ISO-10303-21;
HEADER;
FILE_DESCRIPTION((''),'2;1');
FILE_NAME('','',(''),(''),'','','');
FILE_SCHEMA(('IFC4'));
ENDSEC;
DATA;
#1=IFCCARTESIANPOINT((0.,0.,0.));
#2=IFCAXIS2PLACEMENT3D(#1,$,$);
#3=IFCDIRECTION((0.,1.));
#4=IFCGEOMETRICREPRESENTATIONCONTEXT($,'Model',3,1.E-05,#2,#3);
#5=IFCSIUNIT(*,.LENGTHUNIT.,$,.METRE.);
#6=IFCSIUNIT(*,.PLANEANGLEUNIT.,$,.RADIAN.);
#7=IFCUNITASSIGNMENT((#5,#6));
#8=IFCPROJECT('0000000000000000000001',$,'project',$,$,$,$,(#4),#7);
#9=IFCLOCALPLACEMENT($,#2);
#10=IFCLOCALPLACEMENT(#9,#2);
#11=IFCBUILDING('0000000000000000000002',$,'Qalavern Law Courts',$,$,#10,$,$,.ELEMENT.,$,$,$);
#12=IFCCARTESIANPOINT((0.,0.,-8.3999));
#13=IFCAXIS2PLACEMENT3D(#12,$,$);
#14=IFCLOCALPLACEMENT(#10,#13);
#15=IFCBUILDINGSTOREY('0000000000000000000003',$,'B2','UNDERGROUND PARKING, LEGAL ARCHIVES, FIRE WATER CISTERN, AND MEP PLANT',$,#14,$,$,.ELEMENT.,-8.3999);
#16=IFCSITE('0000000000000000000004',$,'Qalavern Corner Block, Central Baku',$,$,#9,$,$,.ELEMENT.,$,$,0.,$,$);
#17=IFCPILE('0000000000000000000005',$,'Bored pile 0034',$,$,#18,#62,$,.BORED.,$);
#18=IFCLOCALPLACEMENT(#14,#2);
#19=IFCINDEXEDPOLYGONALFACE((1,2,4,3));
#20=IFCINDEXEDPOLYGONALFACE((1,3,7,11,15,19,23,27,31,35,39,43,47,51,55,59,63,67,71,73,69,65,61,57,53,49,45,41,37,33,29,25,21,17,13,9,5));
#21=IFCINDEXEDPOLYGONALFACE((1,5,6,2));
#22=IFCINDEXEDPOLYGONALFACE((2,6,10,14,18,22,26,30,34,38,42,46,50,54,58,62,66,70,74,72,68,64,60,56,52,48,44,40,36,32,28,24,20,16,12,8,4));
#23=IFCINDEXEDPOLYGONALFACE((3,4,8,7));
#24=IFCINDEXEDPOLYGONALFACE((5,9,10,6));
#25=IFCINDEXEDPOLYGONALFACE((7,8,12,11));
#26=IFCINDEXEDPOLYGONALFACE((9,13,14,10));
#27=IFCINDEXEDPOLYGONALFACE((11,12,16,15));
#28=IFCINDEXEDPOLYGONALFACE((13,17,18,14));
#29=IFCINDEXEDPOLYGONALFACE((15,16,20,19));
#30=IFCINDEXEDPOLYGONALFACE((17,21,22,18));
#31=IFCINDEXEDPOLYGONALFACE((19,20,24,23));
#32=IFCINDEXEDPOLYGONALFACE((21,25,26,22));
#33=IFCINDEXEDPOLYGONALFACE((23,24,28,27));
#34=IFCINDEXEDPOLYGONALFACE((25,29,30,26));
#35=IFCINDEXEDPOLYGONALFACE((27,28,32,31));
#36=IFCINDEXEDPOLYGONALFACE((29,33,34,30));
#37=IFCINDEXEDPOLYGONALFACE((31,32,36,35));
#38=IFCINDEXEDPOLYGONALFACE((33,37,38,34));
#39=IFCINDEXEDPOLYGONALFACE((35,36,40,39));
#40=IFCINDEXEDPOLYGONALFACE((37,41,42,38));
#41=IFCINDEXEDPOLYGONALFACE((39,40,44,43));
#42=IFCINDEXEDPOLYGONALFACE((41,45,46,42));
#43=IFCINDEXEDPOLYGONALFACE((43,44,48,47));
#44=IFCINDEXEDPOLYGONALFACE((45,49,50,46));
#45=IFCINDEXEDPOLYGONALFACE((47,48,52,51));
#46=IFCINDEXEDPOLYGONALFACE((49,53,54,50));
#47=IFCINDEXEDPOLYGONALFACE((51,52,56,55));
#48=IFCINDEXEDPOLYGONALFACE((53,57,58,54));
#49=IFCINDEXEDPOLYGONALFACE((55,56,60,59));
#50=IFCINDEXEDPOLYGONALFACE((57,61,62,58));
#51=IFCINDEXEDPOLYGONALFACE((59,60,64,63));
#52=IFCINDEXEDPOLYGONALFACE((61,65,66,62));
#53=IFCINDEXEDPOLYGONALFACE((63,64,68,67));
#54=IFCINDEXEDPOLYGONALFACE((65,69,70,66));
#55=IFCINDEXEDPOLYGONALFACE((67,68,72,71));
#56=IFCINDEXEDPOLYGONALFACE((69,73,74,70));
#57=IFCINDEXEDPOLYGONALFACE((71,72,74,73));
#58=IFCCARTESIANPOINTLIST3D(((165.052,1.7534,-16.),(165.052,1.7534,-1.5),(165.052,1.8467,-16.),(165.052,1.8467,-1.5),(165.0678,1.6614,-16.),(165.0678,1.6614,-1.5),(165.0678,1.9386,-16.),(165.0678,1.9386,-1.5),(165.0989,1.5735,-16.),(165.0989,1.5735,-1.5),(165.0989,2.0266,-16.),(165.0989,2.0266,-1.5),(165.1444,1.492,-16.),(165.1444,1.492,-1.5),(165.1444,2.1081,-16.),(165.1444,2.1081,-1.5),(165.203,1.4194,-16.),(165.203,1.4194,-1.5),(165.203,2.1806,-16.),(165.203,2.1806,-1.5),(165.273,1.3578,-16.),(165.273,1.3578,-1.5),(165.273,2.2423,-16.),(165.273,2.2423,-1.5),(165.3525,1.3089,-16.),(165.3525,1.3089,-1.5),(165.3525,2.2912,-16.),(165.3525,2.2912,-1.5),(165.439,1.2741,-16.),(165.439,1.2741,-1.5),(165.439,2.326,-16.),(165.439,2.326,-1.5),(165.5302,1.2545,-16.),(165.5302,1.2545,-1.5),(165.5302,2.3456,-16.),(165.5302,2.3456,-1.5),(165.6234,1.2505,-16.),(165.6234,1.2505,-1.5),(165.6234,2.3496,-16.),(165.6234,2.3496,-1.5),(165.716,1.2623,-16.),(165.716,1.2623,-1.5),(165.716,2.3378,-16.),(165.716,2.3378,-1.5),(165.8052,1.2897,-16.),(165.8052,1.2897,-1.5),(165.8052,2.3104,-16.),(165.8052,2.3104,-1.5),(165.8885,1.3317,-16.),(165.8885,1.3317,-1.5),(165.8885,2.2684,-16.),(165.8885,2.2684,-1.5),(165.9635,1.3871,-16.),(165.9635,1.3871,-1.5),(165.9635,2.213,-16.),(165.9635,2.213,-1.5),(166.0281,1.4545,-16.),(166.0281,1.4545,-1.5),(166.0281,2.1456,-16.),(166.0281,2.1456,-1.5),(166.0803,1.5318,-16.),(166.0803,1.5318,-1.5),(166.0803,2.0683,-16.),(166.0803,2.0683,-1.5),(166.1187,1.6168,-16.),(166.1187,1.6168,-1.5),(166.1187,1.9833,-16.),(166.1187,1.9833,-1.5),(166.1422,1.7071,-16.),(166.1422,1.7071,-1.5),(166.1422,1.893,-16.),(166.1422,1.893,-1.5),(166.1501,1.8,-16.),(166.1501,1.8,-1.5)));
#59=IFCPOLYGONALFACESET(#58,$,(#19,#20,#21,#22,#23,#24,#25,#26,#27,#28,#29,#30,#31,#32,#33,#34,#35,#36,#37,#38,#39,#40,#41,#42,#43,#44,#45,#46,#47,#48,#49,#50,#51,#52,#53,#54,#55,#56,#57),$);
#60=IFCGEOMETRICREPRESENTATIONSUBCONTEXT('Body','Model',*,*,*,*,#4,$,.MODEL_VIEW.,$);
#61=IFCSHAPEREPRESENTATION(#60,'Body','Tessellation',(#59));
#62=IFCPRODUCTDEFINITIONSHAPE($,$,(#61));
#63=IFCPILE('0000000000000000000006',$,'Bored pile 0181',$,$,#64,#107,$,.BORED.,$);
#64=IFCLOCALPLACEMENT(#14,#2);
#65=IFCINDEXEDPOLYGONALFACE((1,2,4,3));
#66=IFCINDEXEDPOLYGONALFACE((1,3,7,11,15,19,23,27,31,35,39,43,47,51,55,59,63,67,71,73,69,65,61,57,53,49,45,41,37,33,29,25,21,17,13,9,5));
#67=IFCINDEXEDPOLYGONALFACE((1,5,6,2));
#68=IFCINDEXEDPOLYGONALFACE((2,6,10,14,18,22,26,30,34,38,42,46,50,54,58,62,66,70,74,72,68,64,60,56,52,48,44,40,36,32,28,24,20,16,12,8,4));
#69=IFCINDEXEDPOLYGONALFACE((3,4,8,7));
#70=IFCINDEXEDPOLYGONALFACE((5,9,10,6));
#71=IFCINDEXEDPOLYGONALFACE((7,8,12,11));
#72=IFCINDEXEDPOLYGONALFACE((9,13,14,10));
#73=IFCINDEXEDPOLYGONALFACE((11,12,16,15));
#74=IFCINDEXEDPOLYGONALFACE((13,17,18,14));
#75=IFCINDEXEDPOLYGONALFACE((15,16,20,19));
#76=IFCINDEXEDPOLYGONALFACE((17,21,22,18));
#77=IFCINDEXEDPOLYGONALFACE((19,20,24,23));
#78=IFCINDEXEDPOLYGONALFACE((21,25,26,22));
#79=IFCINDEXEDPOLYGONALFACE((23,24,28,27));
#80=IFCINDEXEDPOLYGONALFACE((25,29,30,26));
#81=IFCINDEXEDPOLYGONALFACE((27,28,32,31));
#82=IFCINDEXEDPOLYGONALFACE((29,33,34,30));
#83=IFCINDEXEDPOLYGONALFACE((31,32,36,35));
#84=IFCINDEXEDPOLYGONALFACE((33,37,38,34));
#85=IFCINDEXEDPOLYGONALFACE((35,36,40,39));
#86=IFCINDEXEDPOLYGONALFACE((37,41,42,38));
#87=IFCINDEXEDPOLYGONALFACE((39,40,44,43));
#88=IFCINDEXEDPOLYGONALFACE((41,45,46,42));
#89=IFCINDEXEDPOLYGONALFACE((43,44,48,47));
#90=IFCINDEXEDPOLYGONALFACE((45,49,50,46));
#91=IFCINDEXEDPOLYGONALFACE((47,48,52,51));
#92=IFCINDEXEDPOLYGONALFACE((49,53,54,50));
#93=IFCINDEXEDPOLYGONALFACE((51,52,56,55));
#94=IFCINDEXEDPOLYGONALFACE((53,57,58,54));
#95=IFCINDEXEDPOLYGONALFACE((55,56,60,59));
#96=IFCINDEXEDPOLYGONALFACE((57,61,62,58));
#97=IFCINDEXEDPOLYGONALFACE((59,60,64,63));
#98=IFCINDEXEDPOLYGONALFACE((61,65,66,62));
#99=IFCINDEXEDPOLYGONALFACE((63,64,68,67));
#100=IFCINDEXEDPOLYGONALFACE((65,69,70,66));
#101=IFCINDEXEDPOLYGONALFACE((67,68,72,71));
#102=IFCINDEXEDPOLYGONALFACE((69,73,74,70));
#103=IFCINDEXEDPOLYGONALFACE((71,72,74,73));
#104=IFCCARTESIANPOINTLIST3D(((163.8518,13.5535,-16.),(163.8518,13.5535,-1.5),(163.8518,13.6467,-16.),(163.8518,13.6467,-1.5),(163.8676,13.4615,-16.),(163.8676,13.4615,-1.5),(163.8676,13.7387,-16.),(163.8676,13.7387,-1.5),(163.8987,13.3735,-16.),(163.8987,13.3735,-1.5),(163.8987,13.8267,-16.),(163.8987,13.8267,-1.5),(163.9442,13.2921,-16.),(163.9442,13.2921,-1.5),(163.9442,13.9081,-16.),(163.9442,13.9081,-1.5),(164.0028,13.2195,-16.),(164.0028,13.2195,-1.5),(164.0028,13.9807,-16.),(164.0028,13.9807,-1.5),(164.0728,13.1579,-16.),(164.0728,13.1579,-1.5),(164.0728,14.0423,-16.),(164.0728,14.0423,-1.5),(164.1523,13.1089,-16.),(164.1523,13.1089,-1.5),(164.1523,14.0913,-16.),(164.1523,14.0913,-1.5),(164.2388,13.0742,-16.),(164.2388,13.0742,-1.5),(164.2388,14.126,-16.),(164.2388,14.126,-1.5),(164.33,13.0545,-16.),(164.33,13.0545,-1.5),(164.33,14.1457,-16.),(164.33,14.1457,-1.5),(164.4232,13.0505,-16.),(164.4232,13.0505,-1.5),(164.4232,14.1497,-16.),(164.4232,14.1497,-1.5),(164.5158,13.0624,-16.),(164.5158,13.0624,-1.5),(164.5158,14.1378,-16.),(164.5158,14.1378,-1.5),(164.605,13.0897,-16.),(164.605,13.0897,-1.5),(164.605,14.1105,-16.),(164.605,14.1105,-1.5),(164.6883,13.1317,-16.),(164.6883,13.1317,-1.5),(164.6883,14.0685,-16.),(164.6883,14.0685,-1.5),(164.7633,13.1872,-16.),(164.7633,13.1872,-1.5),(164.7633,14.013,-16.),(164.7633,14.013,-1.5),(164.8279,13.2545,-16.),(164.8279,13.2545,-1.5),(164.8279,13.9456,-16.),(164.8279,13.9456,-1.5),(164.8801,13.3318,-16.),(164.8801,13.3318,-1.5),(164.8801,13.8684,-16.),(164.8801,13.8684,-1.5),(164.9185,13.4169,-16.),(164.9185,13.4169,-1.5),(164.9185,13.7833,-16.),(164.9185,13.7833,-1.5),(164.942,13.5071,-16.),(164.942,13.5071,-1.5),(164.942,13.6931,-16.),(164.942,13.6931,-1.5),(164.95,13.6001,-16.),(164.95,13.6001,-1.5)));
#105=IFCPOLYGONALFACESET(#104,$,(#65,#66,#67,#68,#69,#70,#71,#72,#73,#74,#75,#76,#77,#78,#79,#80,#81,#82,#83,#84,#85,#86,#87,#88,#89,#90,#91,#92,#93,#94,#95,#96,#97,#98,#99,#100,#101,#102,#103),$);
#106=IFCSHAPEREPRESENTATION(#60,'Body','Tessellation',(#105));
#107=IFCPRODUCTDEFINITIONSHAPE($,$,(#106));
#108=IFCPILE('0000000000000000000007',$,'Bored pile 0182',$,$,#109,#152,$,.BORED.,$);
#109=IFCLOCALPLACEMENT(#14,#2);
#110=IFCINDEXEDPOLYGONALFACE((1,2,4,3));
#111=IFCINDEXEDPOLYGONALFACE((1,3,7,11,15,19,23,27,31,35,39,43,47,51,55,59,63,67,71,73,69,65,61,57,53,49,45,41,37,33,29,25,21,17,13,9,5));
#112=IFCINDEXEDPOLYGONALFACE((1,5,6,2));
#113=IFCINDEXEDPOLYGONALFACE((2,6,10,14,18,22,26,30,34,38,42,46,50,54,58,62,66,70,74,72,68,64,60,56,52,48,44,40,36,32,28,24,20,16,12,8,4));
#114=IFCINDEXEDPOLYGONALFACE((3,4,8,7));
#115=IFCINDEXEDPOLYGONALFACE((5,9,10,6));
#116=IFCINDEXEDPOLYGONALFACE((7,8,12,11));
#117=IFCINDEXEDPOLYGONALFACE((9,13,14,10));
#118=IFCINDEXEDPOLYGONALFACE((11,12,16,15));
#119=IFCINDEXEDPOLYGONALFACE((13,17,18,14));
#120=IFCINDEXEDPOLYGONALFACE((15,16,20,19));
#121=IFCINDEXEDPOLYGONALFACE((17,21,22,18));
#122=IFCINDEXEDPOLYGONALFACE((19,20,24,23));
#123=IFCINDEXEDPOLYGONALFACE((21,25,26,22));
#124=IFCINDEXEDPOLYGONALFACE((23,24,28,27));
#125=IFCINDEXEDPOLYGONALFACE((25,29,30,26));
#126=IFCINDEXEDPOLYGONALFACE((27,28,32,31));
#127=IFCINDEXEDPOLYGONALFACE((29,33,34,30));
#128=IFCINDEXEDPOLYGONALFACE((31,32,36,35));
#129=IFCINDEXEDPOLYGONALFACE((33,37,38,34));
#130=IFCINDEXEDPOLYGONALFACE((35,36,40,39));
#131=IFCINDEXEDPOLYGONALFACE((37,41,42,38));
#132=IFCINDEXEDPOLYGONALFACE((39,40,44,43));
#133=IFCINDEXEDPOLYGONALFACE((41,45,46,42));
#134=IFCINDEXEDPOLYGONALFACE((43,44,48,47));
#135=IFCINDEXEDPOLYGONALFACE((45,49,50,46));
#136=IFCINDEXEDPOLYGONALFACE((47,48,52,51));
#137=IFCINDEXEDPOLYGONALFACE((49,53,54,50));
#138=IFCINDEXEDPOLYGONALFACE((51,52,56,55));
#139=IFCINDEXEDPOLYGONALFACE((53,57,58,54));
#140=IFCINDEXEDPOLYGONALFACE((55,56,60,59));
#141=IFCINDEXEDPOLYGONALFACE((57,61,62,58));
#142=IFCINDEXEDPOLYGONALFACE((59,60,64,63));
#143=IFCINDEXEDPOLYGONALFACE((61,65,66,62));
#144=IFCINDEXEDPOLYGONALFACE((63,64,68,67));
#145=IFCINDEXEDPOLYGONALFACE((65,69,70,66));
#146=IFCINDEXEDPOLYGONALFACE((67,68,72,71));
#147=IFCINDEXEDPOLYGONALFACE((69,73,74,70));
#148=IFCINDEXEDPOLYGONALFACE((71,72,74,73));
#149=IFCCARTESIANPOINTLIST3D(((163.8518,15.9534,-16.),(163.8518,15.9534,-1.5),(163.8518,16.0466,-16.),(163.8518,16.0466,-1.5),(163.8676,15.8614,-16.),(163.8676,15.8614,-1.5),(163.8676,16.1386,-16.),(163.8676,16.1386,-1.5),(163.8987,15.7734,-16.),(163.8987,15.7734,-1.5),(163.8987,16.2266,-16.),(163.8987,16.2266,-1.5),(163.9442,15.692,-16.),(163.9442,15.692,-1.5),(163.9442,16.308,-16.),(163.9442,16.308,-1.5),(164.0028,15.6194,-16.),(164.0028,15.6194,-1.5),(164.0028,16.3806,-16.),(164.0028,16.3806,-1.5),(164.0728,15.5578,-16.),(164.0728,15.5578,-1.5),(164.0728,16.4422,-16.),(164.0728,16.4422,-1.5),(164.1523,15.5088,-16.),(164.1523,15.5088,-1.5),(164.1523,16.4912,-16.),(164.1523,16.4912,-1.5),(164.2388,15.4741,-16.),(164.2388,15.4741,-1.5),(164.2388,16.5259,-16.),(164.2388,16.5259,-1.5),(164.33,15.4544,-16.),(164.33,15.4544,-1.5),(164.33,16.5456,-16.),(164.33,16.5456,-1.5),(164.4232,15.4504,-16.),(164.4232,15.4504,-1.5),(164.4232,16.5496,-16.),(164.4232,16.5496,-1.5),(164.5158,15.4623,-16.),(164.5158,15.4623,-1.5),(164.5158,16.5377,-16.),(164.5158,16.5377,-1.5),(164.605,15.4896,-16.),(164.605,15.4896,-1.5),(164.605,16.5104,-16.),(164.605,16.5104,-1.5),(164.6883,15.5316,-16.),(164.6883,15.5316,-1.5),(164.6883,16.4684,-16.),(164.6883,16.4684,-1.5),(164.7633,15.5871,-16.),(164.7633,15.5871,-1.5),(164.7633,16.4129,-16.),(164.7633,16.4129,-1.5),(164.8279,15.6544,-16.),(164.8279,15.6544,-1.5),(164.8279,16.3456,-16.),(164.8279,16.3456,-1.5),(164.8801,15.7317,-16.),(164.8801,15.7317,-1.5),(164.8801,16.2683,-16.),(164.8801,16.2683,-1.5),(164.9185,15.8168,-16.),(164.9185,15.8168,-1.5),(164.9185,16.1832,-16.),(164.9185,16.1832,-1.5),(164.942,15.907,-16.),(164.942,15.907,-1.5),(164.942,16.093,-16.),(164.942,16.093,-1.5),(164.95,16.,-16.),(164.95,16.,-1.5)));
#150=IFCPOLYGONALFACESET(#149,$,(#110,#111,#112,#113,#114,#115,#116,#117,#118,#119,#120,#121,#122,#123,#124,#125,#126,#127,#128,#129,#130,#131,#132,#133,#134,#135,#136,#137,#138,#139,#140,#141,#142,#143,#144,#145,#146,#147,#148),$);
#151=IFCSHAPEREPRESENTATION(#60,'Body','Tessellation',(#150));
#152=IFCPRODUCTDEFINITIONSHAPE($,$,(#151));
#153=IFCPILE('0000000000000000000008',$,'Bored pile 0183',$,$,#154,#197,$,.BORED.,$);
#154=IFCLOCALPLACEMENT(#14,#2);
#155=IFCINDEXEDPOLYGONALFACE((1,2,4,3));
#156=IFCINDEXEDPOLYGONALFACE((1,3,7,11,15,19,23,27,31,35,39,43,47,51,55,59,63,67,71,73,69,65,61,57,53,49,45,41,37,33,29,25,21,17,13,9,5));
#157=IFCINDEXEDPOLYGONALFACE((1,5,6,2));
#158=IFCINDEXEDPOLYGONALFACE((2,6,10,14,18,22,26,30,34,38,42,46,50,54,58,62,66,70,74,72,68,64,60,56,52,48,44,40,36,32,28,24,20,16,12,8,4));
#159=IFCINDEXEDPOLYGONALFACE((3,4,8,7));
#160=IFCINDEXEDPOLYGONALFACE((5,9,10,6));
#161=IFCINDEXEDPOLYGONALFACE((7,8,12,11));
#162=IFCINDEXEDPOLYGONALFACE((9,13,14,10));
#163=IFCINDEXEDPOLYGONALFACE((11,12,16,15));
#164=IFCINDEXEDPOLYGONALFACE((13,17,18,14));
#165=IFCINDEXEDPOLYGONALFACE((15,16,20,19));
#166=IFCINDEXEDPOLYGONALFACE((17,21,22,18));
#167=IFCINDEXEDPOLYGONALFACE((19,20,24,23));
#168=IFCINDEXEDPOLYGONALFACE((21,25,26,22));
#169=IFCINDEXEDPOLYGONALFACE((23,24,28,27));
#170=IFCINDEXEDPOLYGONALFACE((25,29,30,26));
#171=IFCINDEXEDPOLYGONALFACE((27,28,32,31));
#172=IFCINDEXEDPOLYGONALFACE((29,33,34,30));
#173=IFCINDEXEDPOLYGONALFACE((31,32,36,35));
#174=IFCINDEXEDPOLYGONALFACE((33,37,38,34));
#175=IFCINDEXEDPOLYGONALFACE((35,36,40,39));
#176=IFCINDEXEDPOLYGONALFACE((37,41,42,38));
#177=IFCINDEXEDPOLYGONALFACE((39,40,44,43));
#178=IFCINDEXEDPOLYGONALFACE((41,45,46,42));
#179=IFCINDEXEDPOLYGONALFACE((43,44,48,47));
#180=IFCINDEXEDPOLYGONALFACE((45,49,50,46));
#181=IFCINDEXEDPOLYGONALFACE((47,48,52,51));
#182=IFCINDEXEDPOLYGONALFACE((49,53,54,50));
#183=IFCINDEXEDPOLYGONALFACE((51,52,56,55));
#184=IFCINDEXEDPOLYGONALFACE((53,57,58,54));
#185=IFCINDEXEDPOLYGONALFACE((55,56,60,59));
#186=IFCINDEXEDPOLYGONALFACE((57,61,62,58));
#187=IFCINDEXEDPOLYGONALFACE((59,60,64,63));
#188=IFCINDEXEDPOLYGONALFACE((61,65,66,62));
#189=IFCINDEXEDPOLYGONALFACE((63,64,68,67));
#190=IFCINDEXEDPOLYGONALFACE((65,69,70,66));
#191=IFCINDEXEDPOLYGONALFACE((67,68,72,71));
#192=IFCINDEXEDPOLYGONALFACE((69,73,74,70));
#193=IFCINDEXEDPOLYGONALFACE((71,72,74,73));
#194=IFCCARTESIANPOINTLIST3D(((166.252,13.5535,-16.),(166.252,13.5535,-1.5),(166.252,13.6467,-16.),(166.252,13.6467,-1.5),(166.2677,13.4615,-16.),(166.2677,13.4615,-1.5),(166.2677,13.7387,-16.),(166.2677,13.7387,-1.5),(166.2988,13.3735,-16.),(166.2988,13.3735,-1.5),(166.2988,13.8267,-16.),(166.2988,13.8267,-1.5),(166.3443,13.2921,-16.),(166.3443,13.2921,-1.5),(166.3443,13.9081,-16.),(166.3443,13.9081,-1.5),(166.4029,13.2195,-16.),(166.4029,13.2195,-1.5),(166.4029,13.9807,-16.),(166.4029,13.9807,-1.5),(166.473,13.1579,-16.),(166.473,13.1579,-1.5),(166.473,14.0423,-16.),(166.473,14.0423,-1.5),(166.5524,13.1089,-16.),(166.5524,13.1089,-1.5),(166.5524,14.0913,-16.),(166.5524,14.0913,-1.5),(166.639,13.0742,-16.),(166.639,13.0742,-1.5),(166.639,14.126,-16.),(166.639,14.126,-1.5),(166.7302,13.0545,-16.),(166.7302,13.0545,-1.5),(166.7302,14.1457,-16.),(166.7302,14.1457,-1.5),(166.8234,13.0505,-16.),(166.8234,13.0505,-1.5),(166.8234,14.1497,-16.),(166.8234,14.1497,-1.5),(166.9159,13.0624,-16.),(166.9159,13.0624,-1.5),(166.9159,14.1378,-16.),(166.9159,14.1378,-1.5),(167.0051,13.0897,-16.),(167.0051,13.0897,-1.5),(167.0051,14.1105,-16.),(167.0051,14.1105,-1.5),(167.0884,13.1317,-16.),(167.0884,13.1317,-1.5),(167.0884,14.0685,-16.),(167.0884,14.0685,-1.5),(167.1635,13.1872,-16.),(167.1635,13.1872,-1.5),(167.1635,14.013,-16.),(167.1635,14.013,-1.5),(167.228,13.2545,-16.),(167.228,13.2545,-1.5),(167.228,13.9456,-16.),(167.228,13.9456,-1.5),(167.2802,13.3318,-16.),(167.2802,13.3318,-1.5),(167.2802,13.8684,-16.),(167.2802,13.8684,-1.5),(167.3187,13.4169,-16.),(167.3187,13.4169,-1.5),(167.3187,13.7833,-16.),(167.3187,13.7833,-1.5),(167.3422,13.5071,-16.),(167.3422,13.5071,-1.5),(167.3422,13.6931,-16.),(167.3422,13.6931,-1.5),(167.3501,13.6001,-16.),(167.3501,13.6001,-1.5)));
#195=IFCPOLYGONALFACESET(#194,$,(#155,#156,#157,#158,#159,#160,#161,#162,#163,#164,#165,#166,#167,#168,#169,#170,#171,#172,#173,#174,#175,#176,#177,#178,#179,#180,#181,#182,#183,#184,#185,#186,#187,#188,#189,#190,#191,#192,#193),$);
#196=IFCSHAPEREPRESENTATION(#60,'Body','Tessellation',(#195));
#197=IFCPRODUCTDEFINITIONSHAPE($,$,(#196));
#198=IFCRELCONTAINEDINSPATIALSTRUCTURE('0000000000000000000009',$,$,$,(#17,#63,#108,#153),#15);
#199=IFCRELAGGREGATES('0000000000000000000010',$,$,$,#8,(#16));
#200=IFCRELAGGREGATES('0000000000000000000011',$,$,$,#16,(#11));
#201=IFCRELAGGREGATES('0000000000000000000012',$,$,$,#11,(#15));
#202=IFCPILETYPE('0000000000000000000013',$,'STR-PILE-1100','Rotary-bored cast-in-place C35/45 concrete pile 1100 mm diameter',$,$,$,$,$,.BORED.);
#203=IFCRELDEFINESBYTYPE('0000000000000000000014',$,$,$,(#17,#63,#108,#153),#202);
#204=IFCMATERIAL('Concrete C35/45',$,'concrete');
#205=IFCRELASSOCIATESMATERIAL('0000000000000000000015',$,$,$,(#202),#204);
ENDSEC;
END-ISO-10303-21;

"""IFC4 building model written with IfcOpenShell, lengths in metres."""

from ifc_helpers import new_model, si_unit, direction, frame, origin, origin_2d, place, context, subcontext, project, spatial, circle, extrude, material, material_profile, profile_set, type_object, element, save


model = new_model("IFC4")

# Units and contexts
model_context = context("Model", 3, precision=1e-05, world=origin(), true_north=direction((0.0, 1.0)))
body_context = subcontext(model_context, "Body", "Model", "MODEL_VIEW")
ifc_project = project(units=[si_unit("LENGTHUNIT", "METRE"), si_unit("PLANEANGLEUNIT", "RADIAN")], contexts=[model_context])

# Site, building, storey
site_placement = place(None, origin())
site = spatial("IfcSite", under=ifc_project, at=site_placement, Name="Qalavern Corner Block, Central Baku", CompositionType="ELEMENT", RefElevation=0.0)
building_placement = place(site_placement, origin())
building = spatial("IfcBuilding", under=site, at=building_placement, Name="Qalavern Law Courts", CompositionType="ELEMENT")
storey_placement = place(building_placement, frame((0.0, 0.0, -8.3999)))
storey = spatial("IfcBuildingStorey", under=building, at=storey_placement, Name="B2", Description="UNDERGROUND PARKING, LEGAL ARCHIVES, FIRE WATER CISTERN, AND MEP PLANT", CompositionType="ELEMENT", Elevation=-8.3999)

# Shared definitions
ifc_material_1 = material(Name="Concrete C35/45", Category="concrete")

# Piles
ifc_material_profile_1 = material_profile(ifc_material_1, circle(Radius=0.55, at=origin_2d()), Name="BORED PILE 1100")
ifc_profile_set_1 = profile_set([ifc_material_profile_1], Name="Concrete C35/45")
pile_type_1 = type_object("IfcPileType", Name="STR-PILE-1100", Description="Rotary-bored cast-in-place C35/45 concrete pile 1100 mm diameter", PredefinedType="BORED", material=ifc_profile_set_1)
for number, where, z_axis, x_axis, name in (
    (1, (165.6001, 1.8, -1.5), (0.0, 0.0, -1.0), (1.0, 0.0, 0.0), "Bored pile 0034"),
    (2, (164.3999, 13.6001, -1.5), (0.0, 0.0, -1.0), (1.0, 0.0, 0.0), "Bored pile 0181"),
    (3, (164.3999, 16.0, -1.5), (0.0, 0.0, -1.0), (1.0, 0.0, 0.0), "Bored pile 0182"),
    (4, (166.8, 13.6001, -1.5), (0.0, 0.0, -1.0), (1.0, 0.0, 0.0), "Bored pile 0183"),
):
    element("IfcPile", number, at=place(storey_placement, frame(where, z_axis=z_axis, x_axis=x_axis)), inside=storey, type_object=pile_type_1, Name=name, PredefinedType="BORED", context=body_context, shape_type="SweptSolid", body=[
        extrude(circle(Radius=0.55, at=origin_2d()), origin(), (0.0, 0.0, 1.0), 14.5),
    ])

save(model, "model.ifc")
